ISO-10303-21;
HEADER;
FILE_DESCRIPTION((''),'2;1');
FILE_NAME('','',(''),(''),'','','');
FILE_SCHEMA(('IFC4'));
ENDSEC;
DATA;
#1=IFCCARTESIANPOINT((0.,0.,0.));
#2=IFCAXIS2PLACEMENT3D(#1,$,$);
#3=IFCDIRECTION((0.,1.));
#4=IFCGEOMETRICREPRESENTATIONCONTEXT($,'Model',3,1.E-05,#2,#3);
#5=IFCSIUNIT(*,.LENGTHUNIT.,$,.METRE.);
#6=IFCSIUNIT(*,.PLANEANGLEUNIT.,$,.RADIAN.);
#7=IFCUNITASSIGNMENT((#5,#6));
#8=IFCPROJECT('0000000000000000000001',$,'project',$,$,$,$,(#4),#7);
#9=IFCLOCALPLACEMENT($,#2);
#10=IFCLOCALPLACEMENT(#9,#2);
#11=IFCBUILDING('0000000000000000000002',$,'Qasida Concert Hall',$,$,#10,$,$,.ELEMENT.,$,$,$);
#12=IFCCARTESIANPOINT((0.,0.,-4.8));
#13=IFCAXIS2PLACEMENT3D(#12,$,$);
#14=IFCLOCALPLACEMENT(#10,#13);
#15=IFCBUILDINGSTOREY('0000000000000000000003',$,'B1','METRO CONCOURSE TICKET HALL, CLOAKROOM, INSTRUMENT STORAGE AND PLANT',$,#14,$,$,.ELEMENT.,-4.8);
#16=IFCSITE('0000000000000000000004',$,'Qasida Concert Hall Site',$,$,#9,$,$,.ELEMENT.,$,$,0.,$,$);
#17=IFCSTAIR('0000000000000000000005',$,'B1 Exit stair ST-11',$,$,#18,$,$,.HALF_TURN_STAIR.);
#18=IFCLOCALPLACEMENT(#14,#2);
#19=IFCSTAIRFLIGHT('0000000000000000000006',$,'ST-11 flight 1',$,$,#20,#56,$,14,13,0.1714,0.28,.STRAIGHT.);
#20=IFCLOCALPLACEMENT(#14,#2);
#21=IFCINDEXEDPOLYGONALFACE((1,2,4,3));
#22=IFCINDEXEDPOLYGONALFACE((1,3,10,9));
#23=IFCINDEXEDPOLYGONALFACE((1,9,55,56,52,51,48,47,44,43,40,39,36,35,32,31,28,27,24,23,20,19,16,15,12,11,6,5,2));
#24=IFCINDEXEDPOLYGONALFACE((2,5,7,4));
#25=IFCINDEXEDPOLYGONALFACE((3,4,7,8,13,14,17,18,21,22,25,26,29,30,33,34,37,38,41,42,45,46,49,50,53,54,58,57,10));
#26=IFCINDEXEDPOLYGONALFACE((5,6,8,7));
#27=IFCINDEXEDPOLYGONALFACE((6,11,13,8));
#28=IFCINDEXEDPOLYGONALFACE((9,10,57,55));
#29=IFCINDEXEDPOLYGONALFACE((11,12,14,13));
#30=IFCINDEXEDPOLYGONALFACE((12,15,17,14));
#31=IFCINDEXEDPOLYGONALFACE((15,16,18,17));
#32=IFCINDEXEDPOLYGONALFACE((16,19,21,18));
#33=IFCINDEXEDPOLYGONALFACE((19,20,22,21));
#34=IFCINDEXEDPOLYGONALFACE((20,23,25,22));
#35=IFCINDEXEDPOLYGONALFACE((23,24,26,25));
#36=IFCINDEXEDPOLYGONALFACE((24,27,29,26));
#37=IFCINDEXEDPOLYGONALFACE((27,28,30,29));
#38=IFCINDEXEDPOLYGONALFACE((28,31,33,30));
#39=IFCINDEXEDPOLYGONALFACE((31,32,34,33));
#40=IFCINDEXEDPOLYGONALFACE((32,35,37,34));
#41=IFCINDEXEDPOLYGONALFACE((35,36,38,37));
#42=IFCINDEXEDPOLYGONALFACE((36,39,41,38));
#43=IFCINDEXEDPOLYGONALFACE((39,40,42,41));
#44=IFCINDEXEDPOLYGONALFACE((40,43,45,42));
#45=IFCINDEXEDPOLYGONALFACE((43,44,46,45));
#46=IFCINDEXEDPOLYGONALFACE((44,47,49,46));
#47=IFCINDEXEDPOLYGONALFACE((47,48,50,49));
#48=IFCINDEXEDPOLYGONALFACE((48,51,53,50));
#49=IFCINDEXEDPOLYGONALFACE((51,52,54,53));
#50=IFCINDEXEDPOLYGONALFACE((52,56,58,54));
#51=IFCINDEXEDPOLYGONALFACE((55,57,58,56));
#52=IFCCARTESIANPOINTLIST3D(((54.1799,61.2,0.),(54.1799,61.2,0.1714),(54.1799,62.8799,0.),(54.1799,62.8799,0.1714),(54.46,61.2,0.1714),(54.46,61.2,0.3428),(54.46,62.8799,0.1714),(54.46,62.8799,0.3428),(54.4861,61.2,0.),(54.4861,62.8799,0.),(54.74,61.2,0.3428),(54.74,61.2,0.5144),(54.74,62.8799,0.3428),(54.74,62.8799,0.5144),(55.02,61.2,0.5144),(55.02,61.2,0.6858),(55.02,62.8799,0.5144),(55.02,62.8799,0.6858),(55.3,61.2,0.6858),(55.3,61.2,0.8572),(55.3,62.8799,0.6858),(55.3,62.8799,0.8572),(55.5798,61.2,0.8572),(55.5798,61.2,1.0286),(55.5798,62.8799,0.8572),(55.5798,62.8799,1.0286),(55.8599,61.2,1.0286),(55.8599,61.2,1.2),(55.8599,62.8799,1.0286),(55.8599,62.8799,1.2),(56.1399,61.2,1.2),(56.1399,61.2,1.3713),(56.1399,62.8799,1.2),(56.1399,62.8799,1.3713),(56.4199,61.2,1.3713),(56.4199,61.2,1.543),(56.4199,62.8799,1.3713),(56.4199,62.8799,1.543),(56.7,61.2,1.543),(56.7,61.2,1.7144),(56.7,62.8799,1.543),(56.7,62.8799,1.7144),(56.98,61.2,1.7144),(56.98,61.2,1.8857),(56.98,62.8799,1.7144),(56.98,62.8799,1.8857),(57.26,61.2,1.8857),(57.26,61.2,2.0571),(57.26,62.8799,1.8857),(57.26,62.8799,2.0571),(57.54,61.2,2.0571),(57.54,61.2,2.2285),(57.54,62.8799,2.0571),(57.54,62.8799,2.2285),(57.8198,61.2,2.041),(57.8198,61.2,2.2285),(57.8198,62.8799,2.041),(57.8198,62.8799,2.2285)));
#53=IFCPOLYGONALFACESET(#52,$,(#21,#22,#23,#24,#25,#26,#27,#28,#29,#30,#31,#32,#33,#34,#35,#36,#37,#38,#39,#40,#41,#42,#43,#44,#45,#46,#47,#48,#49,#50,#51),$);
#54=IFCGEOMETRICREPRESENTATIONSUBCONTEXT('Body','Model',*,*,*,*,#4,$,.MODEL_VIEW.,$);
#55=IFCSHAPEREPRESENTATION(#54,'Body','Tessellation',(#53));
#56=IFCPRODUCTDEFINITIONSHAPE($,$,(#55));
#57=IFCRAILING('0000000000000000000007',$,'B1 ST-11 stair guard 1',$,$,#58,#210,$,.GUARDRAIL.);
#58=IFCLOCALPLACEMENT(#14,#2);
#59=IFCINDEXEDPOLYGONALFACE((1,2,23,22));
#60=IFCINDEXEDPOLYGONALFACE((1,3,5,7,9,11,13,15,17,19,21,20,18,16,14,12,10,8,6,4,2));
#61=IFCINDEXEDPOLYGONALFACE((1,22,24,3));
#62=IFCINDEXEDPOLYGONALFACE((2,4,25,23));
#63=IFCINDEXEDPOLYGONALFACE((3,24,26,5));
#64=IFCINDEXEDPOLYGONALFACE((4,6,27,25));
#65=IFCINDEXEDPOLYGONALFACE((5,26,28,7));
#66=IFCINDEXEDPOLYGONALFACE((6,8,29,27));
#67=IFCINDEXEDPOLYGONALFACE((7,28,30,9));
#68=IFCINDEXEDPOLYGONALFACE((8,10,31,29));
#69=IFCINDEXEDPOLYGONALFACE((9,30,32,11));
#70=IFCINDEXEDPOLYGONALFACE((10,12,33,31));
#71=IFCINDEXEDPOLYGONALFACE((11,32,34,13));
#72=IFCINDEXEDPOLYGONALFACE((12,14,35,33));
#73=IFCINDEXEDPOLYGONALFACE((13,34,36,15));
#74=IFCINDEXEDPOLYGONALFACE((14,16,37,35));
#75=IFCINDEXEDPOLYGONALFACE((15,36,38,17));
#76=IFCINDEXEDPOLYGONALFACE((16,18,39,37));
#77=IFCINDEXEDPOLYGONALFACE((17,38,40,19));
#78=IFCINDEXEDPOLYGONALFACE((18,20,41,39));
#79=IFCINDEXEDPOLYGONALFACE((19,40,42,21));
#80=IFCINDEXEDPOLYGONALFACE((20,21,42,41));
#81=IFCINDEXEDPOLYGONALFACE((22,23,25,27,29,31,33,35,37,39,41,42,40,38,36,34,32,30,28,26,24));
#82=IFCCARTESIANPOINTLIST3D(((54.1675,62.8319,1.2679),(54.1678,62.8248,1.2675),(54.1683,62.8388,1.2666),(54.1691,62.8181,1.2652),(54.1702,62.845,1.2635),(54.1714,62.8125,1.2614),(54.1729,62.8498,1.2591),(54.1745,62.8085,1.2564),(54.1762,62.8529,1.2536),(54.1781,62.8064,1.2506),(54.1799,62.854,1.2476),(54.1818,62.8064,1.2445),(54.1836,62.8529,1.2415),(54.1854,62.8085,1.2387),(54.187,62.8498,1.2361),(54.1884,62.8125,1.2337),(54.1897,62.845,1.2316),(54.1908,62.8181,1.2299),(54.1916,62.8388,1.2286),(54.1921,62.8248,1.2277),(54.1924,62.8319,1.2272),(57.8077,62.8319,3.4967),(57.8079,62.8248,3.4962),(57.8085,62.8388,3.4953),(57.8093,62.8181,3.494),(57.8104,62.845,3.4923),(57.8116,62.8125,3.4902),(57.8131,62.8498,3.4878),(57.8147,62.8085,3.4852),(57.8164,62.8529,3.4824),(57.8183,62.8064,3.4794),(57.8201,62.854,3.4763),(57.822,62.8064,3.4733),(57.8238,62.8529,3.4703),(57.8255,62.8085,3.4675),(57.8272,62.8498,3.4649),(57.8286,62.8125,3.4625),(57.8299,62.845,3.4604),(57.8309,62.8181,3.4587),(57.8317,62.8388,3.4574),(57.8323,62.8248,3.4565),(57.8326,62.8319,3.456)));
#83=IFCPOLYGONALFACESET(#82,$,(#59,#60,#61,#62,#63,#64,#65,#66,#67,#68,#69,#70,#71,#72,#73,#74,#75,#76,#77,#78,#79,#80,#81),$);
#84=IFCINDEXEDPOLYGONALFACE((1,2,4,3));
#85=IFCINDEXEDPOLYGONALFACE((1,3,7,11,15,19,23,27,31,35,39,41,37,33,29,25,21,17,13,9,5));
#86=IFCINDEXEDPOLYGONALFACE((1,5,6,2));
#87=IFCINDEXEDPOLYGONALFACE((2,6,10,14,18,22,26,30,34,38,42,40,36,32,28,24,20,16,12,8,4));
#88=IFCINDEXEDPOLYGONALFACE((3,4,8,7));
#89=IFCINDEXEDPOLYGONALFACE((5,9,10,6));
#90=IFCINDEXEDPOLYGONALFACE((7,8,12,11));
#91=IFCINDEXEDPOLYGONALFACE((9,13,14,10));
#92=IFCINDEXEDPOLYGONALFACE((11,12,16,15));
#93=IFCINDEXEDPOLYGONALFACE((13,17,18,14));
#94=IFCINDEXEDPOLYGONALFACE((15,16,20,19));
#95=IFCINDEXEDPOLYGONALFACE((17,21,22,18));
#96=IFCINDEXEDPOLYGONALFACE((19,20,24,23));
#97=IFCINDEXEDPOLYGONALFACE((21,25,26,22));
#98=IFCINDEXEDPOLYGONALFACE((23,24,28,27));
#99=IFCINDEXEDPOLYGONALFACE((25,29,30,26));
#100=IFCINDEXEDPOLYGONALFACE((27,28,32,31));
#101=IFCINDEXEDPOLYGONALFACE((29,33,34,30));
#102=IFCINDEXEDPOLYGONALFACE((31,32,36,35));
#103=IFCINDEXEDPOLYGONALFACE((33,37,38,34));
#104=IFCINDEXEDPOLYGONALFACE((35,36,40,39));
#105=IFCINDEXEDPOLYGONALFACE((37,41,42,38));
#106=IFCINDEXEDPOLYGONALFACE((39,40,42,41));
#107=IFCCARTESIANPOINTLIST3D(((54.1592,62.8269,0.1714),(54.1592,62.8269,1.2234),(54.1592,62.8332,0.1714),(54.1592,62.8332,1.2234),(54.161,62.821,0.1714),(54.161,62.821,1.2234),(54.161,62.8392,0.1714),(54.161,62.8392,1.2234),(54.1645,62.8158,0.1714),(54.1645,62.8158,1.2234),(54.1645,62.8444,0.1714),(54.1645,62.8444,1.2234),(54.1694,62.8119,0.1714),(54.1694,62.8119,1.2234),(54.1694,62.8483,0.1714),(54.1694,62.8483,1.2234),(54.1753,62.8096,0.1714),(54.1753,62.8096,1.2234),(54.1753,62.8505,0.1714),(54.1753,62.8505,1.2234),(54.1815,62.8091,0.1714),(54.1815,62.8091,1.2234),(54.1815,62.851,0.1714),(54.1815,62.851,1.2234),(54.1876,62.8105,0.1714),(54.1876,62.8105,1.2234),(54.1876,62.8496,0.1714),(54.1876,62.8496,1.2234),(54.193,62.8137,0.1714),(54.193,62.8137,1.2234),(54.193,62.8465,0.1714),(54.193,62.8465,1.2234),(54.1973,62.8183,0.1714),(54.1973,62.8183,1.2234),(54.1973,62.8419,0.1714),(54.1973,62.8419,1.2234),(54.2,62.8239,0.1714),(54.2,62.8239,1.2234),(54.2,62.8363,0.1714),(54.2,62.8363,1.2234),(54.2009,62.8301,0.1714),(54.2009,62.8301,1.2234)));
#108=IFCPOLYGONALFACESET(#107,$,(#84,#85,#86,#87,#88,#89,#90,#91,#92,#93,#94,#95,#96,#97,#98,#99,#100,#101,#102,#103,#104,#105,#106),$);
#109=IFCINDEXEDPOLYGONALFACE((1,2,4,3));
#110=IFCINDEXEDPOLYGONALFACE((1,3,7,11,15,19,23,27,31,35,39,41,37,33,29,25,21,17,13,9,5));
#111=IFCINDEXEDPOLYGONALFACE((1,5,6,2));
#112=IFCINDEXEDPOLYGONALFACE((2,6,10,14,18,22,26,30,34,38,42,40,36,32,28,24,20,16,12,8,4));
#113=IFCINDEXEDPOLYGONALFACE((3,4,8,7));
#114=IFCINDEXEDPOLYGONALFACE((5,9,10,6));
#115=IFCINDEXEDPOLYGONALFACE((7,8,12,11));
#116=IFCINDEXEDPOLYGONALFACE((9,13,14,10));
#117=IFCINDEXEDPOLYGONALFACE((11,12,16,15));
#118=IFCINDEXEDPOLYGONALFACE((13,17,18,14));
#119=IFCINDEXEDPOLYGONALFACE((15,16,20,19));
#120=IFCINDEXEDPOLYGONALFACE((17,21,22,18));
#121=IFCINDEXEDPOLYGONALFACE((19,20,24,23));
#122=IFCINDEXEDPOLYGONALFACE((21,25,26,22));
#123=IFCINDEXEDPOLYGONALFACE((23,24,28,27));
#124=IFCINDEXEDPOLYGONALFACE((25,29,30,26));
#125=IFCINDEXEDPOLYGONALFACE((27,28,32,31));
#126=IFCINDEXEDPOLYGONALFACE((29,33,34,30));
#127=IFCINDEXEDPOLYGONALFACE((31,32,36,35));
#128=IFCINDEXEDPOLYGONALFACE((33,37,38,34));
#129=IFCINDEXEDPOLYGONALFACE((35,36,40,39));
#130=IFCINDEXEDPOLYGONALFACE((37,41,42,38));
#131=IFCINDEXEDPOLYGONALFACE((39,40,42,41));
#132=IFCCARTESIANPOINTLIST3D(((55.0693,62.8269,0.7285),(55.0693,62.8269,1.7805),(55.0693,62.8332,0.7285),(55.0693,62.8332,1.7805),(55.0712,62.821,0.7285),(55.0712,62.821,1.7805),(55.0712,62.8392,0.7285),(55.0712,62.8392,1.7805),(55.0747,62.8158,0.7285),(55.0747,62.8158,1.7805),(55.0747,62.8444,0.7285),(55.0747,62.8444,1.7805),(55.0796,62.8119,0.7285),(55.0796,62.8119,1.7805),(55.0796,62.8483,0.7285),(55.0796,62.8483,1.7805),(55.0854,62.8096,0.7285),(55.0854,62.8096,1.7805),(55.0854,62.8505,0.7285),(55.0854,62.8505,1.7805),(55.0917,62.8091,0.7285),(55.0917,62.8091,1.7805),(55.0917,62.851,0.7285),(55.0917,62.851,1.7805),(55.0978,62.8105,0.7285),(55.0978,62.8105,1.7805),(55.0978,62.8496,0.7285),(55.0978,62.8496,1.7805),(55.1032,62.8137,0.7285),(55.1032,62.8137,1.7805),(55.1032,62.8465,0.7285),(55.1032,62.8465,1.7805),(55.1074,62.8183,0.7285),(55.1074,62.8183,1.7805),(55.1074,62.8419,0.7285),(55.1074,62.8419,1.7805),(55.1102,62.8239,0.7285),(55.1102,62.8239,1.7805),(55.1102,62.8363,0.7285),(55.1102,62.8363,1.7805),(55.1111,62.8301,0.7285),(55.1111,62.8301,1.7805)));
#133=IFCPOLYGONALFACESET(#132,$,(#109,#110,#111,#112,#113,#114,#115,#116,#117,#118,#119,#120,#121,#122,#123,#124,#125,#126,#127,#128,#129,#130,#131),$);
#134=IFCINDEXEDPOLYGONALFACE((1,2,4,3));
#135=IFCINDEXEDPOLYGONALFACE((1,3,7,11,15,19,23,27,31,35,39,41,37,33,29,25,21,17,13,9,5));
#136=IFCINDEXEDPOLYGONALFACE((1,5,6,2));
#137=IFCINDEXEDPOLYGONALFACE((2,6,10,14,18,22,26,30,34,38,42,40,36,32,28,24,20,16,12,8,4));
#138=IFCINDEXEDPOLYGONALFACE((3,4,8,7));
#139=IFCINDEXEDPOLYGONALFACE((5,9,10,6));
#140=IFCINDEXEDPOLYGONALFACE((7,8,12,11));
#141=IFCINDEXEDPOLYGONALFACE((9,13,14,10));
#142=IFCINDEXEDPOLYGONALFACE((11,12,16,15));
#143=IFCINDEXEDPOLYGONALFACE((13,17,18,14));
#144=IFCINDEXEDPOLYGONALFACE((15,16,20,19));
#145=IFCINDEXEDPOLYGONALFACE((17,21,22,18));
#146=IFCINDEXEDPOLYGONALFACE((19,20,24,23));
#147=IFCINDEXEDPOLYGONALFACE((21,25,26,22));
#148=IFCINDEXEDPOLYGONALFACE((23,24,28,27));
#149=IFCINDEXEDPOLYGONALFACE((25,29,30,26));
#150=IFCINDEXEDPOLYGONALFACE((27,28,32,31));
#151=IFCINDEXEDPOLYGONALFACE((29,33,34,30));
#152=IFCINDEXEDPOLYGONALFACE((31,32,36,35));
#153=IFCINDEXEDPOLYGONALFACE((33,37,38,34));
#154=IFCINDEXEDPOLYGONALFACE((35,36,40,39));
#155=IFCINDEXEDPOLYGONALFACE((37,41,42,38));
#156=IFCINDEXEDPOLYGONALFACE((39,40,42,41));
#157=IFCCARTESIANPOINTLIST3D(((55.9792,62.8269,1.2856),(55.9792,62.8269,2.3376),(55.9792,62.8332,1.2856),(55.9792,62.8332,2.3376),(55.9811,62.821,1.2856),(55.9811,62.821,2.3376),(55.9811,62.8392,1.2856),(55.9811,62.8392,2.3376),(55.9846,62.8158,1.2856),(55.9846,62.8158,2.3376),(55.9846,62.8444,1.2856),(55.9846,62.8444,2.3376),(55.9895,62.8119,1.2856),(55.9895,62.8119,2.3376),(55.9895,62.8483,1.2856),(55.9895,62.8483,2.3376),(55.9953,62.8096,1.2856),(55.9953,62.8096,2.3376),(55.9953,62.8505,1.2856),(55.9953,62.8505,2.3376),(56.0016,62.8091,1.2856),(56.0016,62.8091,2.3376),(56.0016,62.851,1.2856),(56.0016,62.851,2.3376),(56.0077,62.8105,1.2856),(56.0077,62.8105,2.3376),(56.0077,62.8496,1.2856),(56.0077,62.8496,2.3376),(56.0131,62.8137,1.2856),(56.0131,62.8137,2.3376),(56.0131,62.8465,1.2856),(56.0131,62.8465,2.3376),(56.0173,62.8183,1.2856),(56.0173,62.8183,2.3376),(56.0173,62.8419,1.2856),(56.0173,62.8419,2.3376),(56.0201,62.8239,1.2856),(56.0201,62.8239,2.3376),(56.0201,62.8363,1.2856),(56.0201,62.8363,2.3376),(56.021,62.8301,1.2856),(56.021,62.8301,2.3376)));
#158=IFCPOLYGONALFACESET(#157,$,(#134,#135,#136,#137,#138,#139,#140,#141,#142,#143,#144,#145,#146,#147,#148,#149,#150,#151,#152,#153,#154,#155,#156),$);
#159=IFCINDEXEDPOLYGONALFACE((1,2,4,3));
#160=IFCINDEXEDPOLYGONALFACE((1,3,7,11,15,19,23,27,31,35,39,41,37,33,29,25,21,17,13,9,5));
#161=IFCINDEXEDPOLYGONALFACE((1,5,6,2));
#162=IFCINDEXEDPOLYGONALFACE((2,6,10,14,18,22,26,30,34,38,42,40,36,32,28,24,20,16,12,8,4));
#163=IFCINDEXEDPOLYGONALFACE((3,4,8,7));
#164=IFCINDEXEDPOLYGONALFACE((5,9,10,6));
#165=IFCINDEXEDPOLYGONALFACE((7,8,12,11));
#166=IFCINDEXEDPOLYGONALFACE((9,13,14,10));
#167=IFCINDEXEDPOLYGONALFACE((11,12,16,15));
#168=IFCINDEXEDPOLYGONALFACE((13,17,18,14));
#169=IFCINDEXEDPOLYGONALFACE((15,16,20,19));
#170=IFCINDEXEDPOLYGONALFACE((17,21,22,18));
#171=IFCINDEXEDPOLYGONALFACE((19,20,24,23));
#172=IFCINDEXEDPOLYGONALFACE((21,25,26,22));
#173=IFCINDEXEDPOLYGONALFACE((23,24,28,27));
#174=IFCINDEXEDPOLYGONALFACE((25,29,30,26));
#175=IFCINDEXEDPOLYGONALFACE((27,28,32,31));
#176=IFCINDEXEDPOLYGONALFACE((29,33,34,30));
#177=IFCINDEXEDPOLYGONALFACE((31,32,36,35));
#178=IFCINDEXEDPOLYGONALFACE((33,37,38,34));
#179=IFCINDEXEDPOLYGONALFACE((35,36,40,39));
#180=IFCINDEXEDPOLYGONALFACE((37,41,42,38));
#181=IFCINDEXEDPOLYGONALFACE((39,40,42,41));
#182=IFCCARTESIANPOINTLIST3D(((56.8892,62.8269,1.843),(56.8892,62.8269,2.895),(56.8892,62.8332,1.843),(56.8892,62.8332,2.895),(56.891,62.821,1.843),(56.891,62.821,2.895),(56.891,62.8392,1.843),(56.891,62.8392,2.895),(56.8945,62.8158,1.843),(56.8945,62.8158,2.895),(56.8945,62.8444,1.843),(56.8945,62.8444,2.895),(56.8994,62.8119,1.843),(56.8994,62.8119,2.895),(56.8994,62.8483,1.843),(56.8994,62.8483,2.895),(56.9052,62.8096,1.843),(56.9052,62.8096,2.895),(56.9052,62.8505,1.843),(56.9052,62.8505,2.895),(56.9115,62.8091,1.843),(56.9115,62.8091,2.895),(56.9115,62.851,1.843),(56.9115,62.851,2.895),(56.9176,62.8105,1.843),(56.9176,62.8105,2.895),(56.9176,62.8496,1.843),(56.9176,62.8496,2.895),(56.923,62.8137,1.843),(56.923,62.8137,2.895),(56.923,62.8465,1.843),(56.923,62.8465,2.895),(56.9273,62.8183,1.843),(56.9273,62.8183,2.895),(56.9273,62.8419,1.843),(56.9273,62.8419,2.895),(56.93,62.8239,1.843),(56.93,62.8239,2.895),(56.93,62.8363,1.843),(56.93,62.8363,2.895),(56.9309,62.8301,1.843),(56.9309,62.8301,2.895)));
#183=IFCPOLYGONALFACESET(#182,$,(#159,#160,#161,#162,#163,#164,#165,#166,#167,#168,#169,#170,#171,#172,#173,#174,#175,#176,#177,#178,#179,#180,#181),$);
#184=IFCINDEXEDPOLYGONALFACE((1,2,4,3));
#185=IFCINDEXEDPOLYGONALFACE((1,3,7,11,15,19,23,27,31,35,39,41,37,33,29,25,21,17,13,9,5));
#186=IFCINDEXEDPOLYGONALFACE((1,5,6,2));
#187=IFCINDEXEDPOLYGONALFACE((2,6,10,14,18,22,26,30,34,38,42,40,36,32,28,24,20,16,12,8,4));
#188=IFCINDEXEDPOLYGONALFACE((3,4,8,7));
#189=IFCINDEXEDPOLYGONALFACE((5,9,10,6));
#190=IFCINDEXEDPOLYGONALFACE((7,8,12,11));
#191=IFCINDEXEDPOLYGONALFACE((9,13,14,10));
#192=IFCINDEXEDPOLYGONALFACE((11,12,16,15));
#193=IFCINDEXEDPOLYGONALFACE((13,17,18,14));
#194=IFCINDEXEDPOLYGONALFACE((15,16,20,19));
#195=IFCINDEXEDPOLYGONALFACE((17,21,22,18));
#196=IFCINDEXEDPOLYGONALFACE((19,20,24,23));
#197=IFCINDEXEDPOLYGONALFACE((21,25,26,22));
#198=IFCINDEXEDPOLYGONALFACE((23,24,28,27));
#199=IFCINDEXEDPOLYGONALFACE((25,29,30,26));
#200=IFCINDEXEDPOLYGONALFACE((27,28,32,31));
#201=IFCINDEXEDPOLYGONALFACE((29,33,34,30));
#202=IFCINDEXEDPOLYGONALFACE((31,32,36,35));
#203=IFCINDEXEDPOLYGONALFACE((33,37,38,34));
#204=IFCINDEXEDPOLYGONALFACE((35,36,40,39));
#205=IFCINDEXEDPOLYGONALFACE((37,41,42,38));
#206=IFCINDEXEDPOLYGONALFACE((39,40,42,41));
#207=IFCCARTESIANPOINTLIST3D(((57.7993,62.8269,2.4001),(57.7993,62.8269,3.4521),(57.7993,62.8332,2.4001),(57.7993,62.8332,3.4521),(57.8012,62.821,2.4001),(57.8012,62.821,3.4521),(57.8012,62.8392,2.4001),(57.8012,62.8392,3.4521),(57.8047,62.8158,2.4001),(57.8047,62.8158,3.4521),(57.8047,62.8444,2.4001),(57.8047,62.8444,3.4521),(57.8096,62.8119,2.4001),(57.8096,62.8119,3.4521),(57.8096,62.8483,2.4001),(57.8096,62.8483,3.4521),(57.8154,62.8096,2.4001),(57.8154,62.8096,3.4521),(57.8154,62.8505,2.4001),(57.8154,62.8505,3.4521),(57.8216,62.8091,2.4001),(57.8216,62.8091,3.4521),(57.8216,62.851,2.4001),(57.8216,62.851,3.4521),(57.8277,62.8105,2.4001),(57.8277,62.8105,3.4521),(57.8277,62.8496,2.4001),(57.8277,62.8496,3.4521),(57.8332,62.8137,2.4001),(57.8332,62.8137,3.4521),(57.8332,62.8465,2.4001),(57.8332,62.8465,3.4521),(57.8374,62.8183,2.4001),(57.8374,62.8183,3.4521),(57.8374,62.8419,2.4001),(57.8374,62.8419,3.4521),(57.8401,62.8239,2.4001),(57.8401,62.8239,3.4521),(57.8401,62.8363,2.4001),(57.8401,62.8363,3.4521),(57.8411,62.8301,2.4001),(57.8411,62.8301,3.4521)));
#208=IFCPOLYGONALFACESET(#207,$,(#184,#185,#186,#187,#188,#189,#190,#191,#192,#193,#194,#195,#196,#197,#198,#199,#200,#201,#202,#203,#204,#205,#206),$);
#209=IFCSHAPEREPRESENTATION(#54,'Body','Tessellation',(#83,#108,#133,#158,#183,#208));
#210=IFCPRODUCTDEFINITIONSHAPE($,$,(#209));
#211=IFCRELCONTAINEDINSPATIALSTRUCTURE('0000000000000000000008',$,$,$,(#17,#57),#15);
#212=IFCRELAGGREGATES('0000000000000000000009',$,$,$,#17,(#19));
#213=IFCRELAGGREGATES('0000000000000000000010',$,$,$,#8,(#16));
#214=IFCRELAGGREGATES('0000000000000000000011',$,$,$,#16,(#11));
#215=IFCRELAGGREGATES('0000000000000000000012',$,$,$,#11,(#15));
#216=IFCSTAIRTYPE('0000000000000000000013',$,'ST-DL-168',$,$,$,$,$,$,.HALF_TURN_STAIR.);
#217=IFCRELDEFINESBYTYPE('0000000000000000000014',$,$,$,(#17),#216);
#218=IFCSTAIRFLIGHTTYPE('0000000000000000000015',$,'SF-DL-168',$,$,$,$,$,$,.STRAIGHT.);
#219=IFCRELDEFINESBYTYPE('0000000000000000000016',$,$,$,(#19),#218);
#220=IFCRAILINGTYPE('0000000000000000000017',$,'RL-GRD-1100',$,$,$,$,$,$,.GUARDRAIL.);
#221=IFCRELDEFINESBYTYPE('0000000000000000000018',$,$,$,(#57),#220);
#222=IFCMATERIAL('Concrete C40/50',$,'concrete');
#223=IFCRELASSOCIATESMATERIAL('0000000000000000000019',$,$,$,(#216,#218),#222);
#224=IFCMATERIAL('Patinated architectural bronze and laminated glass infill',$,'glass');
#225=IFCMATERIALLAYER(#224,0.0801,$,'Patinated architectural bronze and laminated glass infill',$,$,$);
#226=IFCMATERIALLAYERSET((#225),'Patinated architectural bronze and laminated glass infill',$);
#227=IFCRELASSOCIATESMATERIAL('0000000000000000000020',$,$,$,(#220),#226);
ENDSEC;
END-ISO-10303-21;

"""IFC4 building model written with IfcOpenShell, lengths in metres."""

from ifc_helpers import new_model, si_unit, direction, frame, origin, origin_2d, place, context, subcontext, project, spatial, polyline, circle, outline, extrude, material, layer, layer_set, type_object, element, aggregate, save


model = new_model("IFC4")

# Units and contexts
model_context = context("Model", 3, precision=1e-05, world=origin(), true_north=direction((0.0, 1.0)))
body_context = subcontext(model_context, "Body", "Model", "MODEL_VIEW")
ifc_project = project(units=[si_unit("LENGTHUNIT", "METRE"), si_unit("PLANEANGLEUNIT", "RADIAN")], contexts=[model_context])

# Site, building, storey
site_placement = place(None, origin())
site = spatial("IfcSite", under=ifc_project, at=site_placement, Name="Qasida Concert Hall Site", CompositionType="ELEMENT", RefElevation=0.0)
building_placement = place(site_placement, origin())
building = spatial("IfcBuilding", under=site, at=building_placement, Name="Qasida Concert Hall", CompositionType="ELEMENT")
storey_placement = place(building_placement, frame((0.0, 0.0, -4.8)))
storey = spatial("IfcBuildingStorey", under=building, at=storey_placement, Name="B1", Description="METRO CONCOURSE TICKET HALL, CLOAKROOM, INSTRUMENT STORAGE AND PLANT", CompositionType="ELEMENT", Elevation=-4.8)

# Shared definitions
ifc_material_1 = material(Name="Concrete C40/50", Category="concrete")

# Stair, stair flight
stair_type = type_object("IfcStairType", Name="ST-DL-168", PredefinedType="HALF_TURN_STAIR", material=ifc_material_1)
stair_placement = place(storey_placement, origin())
stair = element("IfcStair", 1, at=stair_placement, inside=storey, type_object=stair_type, Name="B1 Exit stair ST-11", PredefinedType="HALF_TURN_STAIR")
stair_flight_type = type_object("IfcStairFlightType", Name="SF-DL-168", PredefinedType="STRAIGHT", material=ifc_material_1)
stair_flight_placement = place(storey_placement, frame((54.1799, 62.04, 0.0), z_axis=(0.0, 0.0, 1.0), x_axis=(1.0, 0.0, 0.0)))
stair_flight = element("IfcStairFlight", 2, at=stair_flight_placement, type_object=stair_flight_type, Name="ST-11 flight 1", NumberOfRisers=14, NumberOfTreads=13, PredefinedType="STRAIGHT", RiserHeight=0.1714, TreadLength=0.28, context=body_context, shape_type="SweptSolid", body=[
    extrude(outline(polyline([(0.0, 0.0), (0.0, 0.1714), (0.28, 0.1714), (0.28, 0.3428), (0.5601, 0.3428), (0.5601, 0.5144), (0.8401, 0.5144), (0.8401, 0.6858), (1.1201, 0.6858), (1.1201, 0.8572), (1.3999, 0.8572), (1.3999, 1.0286), (1.6799, 1.0286), (1.6799, 1.2), (1.96, 1.2), (1.96, 1.3713), (2.24, 1.3713), (2.24, 1.543), (2.52, 1.543), (2.52, 1.7144), (2.8, 1.7144), (2.8, 1.8857), (3.0801, 1.8857), (3.0801, 2.0571), (3.3601, 2.0571), (3.3601, 2.2285), (3.6399, 2.2285), (3.6399, 2.3999), (3.6399, 2.041), (0.3062, 0.0), (0.0, 0.0)])), frame((0.0, 0.8398, 0.0), z_axis=(0.0, -1.0, 0.0), x_axis=(1.0, 0.0, 0.0)), (0.0, 0.0, 1.0), 1.6799),
])
aggregate(stair, [stair_flight])

# Railing
ifc_material_2 = material(Name="Patinated architectural bronze and laminated glass infill", Category="glass")
ifc_layer_1 = layer(ifc_material_2, 0.0801, Name="Patinated architectural bronze and laminated glass infill")
ifc_layer_set_1 = layer_set([ifc_layer_1], Name="Patinated architectural bronze and laminated glass infill")
railing_type_1 = type_object("IfcRailingType", Name="RL-GRD-1100", PredefinedType="GUARDRAIL", material=ifc_layer_set_1)
railing_1_placement = place(storey_placement, frame((54.1799, 62.8301, 0.1714)))
element("IfcRailing", 3, at=railing_1_placement, inside=storey, type_object=railing_type_1, Name="B1 ST-11 stair guard 1", PredefinedType="GUARDRAIL", context=body_context, shape_type="SweptSolid", body=[
    extrude(circle(Radius=0.0239, at=origin_2d()), frame((0.0, 0.0, 1.0762), z_axis=(0.85284, 0.0, 0.522172), x_axis=(0.0, 1.0, 0.0)), (0.0, 0.0, 1.0), 4.2683),
    extrude(circle(Radius=0.021, at=origin_2d()), origin(), (0.0, 0.0, 1.0), 1.052),
    extrude(circle(Radius=0.021, at=origin_2d()), frame((0.9102, 0.0, 0.5571)), (0.0, 0.0, 1.0), 1.052),
    extrude(circle(Radius=0.021, at=origin_2d()), frame((1.8201, 0.0, 1.1143)), (0.0, 0.0, 1.0), 1.052),
    extrude(circle(Radius=0.021, at=origin_2d()), frame((2.73, 0.0, 1.6716)), (0.0, 0.0, 1.0), 1.052),
    extrude(circle(Radius=0.021, at=origin_2d()), frame((3.6401, 0.0, 2.2288)), (0.0, 0.0, 1.0), 1.052),
])

save(model, "model.ifc")
